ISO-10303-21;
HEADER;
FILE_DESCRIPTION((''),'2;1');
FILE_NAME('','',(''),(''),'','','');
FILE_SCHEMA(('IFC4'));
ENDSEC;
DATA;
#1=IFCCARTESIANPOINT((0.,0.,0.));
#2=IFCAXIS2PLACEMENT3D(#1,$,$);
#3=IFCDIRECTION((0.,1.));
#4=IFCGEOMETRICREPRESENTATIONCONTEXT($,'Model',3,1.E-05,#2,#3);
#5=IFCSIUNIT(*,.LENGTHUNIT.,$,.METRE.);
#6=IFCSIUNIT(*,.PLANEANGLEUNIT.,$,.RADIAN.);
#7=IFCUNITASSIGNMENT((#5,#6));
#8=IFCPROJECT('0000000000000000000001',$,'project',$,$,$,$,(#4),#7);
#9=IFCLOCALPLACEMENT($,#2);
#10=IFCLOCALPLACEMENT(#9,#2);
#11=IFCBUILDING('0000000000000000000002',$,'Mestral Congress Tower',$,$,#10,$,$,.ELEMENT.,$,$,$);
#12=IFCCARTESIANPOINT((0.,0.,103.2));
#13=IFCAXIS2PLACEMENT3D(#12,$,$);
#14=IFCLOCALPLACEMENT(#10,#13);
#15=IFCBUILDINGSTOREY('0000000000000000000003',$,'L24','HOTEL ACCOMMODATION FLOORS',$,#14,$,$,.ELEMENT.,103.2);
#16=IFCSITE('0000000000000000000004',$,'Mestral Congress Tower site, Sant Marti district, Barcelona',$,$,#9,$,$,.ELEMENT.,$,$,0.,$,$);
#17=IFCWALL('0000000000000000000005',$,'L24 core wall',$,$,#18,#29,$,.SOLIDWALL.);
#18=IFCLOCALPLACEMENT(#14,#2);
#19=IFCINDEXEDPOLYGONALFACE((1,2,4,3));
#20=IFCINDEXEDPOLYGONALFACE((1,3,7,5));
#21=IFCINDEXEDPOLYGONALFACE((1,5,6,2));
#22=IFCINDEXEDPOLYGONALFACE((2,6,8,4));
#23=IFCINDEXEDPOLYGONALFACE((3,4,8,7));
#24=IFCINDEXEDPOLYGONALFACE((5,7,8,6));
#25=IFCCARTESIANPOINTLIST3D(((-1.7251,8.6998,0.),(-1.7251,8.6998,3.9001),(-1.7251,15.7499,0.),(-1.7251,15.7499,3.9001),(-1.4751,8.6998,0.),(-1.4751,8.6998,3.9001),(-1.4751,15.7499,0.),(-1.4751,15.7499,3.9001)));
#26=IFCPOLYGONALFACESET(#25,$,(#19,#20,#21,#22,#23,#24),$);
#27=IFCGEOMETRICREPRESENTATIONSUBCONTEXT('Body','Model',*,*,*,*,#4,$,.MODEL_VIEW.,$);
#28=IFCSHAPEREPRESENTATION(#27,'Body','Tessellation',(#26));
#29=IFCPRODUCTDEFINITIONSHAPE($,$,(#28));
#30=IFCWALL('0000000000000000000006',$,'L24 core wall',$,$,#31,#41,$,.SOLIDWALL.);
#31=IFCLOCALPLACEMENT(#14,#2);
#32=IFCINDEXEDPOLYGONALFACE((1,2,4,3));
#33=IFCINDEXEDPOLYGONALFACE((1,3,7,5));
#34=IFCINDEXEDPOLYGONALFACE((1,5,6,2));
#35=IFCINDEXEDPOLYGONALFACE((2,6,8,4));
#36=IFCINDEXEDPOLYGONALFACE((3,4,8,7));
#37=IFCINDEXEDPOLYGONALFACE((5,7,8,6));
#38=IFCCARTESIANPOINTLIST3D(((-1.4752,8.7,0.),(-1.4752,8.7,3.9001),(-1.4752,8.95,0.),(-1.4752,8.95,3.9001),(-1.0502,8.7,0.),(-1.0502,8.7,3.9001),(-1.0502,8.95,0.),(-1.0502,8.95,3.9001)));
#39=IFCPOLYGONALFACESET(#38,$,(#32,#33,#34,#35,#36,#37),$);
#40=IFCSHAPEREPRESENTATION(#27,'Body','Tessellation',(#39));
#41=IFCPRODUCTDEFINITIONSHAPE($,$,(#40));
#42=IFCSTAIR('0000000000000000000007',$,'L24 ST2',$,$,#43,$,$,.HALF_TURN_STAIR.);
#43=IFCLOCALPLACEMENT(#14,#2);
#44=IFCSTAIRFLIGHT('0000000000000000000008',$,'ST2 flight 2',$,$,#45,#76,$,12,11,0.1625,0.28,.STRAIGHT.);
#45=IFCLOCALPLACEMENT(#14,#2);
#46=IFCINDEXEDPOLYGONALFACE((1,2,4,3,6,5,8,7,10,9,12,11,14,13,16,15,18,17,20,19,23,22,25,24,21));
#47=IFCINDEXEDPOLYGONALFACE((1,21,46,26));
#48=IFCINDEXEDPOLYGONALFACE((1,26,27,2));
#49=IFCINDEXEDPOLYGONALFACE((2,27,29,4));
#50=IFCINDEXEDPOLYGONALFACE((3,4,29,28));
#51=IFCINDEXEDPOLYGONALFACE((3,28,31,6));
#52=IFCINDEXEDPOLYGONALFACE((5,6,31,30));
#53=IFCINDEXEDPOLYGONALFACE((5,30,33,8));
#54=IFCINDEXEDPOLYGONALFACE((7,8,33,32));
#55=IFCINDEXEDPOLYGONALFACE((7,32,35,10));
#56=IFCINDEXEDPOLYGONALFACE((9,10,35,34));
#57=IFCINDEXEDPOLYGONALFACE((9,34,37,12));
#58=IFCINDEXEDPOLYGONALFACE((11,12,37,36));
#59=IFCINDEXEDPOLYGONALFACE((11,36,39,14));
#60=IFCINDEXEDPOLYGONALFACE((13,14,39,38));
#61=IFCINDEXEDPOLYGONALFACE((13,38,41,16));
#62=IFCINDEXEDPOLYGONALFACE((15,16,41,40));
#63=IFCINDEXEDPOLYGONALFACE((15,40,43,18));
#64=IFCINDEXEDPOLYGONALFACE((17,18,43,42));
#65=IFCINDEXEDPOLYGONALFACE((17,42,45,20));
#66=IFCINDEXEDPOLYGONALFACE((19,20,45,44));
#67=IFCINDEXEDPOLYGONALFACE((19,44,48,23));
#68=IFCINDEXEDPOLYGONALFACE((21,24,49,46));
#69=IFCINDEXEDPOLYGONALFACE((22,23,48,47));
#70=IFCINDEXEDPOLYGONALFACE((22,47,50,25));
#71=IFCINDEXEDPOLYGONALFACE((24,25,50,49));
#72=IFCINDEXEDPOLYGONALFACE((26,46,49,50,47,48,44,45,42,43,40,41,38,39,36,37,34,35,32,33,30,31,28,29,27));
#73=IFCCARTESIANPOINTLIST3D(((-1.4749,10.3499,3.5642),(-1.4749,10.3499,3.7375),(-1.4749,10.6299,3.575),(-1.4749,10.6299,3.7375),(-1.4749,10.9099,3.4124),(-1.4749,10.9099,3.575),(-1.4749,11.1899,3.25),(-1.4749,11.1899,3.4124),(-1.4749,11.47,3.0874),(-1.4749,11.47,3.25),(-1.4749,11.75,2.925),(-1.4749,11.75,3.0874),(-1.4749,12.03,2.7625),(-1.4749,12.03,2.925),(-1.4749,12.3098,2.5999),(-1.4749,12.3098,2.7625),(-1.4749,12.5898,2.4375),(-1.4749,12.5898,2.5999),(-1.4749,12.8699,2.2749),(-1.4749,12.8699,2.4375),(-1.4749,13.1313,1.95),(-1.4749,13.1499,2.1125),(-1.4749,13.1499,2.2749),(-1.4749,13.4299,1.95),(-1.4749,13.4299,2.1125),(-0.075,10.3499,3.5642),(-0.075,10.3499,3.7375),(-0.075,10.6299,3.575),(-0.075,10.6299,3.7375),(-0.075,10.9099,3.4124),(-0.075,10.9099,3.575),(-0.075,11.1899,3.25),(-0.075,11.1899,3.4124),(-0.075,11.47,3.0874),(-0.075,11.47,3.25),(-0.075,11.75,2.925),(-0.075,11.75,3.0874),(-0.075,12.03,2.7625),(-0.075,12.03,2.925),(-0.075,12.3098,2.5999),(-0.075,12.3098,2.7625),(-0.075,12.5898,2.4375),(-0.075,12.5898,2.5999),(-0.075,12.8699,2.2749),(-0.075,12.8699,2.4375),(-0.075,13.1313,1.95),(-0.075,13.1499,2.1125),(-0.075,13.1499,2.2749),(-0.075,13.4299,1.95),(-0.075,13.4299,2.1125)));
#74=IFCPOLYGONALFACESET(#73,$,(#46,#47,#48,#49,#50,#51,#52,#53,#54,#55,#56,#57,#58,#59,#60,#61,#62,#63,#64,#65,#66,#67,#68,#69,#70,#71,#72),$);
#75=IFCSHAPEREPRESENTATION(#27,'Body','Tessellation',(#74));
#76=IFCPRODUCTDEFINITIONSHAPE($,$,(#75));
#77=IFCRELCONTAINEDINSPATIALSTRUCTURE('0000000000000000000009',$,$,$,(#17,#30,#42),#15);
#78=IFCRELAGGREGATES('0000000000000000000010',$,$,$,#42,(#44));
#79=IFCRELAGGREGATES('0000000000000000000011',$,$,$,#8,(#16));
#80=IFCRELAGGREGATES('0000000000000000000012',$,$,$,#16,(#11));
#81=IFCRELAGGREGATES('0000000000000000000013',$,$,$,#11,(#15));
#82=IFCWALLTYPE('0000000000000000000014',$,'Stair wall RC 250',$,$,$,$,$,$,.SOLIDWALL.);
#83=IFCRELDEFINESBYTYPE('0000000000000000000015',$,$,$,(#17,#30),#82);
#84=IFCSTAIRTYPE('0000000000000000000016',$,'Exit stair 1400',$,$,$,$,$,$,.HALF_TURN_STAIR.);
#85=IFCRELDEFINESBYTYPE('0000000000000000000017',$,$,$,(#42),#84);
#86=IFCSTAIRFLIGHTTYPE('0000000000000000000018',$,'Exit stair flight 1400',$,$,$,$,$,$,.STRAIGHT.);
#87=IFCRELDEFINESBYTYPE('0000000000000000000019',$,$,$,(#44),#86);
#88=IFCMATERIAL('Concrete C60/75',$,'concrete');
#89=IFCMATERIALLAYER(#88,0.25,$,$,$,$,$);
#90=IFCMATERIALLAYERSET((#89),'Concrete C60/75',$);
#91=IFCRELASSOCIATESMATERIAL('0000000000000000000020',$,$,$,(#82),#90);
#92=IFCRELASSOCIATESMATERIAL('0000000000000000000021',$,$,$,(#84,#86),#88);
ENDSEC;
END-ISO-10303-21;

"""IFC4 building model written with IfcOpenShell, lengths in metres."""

from ifc_helpers import new_model, si_unit, direction, frame, frame_2d, origin, place, context, subcontext, project, spatial, polyline, rectangle, outline, extrude, material, layer, layer_set, type_object, element, aggregate, save


model = new_model("IFC4")

# Units and contexts
model_context = context("Model", 3, precision=1e-05, world=origin(), true_north=direction((0.0, 1.0)))
body_context = subcontext(model_context, "Body", "Model", "MODEL_VIEW")
ifc_project = project(units=[si_unit("LENGTHUNIT", "METRE"), si_unit("PLANEANGLEUNIT", "RADIAN")], contexts=[model_context])

# Site, building, storey
site_placement = place(None, origin())
site = spatial("IfcSite", under=ifc_project, at=site_placement, Name="Mestral Congress Tower site, Sant Marti district, Barcelona", CompositionType="ELEMENT", RefElevation=0.0)
building_placement = place(site_placement, origin())
building = spatial("IfcBuilding", under=site, at=building_placement, Name="Mestral Congress Tower", CompositionType="ELEMENT")
storey_placement = place(building_placement, frame((0.0, 0.0, 103.2)))
storey = spatial("IfcBuildingStorey", under=building, at=storey_placement, Name="L24", Description="HOTEL ACCOMMODATION FLOORS", CompositionType="ELEMENT", Elevation=103.2)

# Shared definitions
ifc_material_1 = material(Name="Concrete C60/75", Category="concrete")

# Walls
ifc_layer_1 = layer(ifc_material_1, 0.25)
ifc_layer_set_1 = layer_set([ifc_layer_1], Name="Concrete C60/75")
wall_type_1 = type_object("IfcWallType", Name="Stair wall RC 250", PredefinedType="SOLIDWALL", material=ifc_layer_set_1)
wall_1_placement = place(storey_placement, frame((-1.6001, 8.7, 0.0), z_axis=(0.0, 0.0, 1.0), x_axis=(0.0, 1.0, 0.0)))
element("IfcWall", 1, at=wall_1_placement, inside=storey, type_object=wall_type_1, Name="L24 core wall", PredefinedType="SOLIDWALL", context=body_context, shape_type="SweptSolid", body=[
    extrude(rectangle(XDim=7.05, YDim=0.25, at=frame_2d((3.5249, 0.0))), origin(), (0.0, 0.0, 1.0), 3.9001),
])
wall_2_placement = place(storey_placement, frame((-1.4751, 8.825, 0.0), z_axis=(0.0, 0.0, 1.0), x_axis=(1.0, 0.0, 0.0)))
element("IfcWall", 2, at=wall_2_placement, inside=storey, type_object=wall_type_1, Name="L24 core wall", PredefinedType="SOLIDWALL", context=body_context, shape_type="SweptSolid", body=[
    extrude(rectangle(XDim=0.425, YDim=0.25, at=frame_2d((0.2124, 0.0))), origin(), (0.0, 0.0, 1.0), 3.9001),
])

# Stair, stair flight
stair_type = type_object("IfcStairType", Name="Exit stair 1400", PredefinedType="HALF_TURN_STAIR", material=ifc_material_1)
stair_placement = place(storey_placement, origin())
stair = element("IfcStair", 3, at=stair_placement, inside=storey, type_object=stair_type, Name="L24 ST2", PredefinedType="HALF_TURN_STAIR")
stair_flight_type = type_object("IfcStairFlightType", Name="Exit stair flight 1400", PredefinedType="STRAIGHT", material=ifc_material_1)
stair_flight_placement = place(storey_placement, frame((-0.7749, 13.4299, 1.95), z_axis=(0.0, 0.0, 1.0), x_axis=(0.0, -1.0, 0.0)))
stair_flight = element("IfcStairFlight", 4, at=stair_flight_placement, type_object=stair_flight_type, Name="ST2 flight 2", NumberOfRisers=12, NumberOfTreads=11, PredefinedType="STRAIGHT", RiserHeight=0.1625, TreadLength=0.28, context=body_context, shape_type="SweptSolid", body=[
    extrude(outline(polyline([(0.0, 0.0), (0.0, 0.1626), (0.28, 0.1626), (0.28, 0.325), (0.5601, 0.325), (0.5601, 0.4875), (0.8401, 0.4875), (0.8401, 0.6499), (1.1201, 0.6499), (1.1201, 0.8125), (1.3999, 0.8125), (1.3999, 0.9751), (1.6799, 0.9751), (1.6799, 1.1375), (1.96, 1.1375), (1.96, 1.3), (2.24, 1.3), (2.24, 1.4624), (2.52, 1.4624), (2.52, 1.625), (2.8, 1.625), (2.8, 1.7876), (3.0801, 1.7876), (3.0801, 1.95), (3.0801, 1.6143), (0.2986, 0.0), (0.0, 0.0)])), frame((0.0, 0.7, 0.0), z_axis=(0.0, -1.0, 0.0), x_axis=(1.0, 0.0, 0.0)), (0.0, 0.0, 1.0), 1.3999),
])
aggregate(stair, [stair_flight])

save(model, "model.ifc")
